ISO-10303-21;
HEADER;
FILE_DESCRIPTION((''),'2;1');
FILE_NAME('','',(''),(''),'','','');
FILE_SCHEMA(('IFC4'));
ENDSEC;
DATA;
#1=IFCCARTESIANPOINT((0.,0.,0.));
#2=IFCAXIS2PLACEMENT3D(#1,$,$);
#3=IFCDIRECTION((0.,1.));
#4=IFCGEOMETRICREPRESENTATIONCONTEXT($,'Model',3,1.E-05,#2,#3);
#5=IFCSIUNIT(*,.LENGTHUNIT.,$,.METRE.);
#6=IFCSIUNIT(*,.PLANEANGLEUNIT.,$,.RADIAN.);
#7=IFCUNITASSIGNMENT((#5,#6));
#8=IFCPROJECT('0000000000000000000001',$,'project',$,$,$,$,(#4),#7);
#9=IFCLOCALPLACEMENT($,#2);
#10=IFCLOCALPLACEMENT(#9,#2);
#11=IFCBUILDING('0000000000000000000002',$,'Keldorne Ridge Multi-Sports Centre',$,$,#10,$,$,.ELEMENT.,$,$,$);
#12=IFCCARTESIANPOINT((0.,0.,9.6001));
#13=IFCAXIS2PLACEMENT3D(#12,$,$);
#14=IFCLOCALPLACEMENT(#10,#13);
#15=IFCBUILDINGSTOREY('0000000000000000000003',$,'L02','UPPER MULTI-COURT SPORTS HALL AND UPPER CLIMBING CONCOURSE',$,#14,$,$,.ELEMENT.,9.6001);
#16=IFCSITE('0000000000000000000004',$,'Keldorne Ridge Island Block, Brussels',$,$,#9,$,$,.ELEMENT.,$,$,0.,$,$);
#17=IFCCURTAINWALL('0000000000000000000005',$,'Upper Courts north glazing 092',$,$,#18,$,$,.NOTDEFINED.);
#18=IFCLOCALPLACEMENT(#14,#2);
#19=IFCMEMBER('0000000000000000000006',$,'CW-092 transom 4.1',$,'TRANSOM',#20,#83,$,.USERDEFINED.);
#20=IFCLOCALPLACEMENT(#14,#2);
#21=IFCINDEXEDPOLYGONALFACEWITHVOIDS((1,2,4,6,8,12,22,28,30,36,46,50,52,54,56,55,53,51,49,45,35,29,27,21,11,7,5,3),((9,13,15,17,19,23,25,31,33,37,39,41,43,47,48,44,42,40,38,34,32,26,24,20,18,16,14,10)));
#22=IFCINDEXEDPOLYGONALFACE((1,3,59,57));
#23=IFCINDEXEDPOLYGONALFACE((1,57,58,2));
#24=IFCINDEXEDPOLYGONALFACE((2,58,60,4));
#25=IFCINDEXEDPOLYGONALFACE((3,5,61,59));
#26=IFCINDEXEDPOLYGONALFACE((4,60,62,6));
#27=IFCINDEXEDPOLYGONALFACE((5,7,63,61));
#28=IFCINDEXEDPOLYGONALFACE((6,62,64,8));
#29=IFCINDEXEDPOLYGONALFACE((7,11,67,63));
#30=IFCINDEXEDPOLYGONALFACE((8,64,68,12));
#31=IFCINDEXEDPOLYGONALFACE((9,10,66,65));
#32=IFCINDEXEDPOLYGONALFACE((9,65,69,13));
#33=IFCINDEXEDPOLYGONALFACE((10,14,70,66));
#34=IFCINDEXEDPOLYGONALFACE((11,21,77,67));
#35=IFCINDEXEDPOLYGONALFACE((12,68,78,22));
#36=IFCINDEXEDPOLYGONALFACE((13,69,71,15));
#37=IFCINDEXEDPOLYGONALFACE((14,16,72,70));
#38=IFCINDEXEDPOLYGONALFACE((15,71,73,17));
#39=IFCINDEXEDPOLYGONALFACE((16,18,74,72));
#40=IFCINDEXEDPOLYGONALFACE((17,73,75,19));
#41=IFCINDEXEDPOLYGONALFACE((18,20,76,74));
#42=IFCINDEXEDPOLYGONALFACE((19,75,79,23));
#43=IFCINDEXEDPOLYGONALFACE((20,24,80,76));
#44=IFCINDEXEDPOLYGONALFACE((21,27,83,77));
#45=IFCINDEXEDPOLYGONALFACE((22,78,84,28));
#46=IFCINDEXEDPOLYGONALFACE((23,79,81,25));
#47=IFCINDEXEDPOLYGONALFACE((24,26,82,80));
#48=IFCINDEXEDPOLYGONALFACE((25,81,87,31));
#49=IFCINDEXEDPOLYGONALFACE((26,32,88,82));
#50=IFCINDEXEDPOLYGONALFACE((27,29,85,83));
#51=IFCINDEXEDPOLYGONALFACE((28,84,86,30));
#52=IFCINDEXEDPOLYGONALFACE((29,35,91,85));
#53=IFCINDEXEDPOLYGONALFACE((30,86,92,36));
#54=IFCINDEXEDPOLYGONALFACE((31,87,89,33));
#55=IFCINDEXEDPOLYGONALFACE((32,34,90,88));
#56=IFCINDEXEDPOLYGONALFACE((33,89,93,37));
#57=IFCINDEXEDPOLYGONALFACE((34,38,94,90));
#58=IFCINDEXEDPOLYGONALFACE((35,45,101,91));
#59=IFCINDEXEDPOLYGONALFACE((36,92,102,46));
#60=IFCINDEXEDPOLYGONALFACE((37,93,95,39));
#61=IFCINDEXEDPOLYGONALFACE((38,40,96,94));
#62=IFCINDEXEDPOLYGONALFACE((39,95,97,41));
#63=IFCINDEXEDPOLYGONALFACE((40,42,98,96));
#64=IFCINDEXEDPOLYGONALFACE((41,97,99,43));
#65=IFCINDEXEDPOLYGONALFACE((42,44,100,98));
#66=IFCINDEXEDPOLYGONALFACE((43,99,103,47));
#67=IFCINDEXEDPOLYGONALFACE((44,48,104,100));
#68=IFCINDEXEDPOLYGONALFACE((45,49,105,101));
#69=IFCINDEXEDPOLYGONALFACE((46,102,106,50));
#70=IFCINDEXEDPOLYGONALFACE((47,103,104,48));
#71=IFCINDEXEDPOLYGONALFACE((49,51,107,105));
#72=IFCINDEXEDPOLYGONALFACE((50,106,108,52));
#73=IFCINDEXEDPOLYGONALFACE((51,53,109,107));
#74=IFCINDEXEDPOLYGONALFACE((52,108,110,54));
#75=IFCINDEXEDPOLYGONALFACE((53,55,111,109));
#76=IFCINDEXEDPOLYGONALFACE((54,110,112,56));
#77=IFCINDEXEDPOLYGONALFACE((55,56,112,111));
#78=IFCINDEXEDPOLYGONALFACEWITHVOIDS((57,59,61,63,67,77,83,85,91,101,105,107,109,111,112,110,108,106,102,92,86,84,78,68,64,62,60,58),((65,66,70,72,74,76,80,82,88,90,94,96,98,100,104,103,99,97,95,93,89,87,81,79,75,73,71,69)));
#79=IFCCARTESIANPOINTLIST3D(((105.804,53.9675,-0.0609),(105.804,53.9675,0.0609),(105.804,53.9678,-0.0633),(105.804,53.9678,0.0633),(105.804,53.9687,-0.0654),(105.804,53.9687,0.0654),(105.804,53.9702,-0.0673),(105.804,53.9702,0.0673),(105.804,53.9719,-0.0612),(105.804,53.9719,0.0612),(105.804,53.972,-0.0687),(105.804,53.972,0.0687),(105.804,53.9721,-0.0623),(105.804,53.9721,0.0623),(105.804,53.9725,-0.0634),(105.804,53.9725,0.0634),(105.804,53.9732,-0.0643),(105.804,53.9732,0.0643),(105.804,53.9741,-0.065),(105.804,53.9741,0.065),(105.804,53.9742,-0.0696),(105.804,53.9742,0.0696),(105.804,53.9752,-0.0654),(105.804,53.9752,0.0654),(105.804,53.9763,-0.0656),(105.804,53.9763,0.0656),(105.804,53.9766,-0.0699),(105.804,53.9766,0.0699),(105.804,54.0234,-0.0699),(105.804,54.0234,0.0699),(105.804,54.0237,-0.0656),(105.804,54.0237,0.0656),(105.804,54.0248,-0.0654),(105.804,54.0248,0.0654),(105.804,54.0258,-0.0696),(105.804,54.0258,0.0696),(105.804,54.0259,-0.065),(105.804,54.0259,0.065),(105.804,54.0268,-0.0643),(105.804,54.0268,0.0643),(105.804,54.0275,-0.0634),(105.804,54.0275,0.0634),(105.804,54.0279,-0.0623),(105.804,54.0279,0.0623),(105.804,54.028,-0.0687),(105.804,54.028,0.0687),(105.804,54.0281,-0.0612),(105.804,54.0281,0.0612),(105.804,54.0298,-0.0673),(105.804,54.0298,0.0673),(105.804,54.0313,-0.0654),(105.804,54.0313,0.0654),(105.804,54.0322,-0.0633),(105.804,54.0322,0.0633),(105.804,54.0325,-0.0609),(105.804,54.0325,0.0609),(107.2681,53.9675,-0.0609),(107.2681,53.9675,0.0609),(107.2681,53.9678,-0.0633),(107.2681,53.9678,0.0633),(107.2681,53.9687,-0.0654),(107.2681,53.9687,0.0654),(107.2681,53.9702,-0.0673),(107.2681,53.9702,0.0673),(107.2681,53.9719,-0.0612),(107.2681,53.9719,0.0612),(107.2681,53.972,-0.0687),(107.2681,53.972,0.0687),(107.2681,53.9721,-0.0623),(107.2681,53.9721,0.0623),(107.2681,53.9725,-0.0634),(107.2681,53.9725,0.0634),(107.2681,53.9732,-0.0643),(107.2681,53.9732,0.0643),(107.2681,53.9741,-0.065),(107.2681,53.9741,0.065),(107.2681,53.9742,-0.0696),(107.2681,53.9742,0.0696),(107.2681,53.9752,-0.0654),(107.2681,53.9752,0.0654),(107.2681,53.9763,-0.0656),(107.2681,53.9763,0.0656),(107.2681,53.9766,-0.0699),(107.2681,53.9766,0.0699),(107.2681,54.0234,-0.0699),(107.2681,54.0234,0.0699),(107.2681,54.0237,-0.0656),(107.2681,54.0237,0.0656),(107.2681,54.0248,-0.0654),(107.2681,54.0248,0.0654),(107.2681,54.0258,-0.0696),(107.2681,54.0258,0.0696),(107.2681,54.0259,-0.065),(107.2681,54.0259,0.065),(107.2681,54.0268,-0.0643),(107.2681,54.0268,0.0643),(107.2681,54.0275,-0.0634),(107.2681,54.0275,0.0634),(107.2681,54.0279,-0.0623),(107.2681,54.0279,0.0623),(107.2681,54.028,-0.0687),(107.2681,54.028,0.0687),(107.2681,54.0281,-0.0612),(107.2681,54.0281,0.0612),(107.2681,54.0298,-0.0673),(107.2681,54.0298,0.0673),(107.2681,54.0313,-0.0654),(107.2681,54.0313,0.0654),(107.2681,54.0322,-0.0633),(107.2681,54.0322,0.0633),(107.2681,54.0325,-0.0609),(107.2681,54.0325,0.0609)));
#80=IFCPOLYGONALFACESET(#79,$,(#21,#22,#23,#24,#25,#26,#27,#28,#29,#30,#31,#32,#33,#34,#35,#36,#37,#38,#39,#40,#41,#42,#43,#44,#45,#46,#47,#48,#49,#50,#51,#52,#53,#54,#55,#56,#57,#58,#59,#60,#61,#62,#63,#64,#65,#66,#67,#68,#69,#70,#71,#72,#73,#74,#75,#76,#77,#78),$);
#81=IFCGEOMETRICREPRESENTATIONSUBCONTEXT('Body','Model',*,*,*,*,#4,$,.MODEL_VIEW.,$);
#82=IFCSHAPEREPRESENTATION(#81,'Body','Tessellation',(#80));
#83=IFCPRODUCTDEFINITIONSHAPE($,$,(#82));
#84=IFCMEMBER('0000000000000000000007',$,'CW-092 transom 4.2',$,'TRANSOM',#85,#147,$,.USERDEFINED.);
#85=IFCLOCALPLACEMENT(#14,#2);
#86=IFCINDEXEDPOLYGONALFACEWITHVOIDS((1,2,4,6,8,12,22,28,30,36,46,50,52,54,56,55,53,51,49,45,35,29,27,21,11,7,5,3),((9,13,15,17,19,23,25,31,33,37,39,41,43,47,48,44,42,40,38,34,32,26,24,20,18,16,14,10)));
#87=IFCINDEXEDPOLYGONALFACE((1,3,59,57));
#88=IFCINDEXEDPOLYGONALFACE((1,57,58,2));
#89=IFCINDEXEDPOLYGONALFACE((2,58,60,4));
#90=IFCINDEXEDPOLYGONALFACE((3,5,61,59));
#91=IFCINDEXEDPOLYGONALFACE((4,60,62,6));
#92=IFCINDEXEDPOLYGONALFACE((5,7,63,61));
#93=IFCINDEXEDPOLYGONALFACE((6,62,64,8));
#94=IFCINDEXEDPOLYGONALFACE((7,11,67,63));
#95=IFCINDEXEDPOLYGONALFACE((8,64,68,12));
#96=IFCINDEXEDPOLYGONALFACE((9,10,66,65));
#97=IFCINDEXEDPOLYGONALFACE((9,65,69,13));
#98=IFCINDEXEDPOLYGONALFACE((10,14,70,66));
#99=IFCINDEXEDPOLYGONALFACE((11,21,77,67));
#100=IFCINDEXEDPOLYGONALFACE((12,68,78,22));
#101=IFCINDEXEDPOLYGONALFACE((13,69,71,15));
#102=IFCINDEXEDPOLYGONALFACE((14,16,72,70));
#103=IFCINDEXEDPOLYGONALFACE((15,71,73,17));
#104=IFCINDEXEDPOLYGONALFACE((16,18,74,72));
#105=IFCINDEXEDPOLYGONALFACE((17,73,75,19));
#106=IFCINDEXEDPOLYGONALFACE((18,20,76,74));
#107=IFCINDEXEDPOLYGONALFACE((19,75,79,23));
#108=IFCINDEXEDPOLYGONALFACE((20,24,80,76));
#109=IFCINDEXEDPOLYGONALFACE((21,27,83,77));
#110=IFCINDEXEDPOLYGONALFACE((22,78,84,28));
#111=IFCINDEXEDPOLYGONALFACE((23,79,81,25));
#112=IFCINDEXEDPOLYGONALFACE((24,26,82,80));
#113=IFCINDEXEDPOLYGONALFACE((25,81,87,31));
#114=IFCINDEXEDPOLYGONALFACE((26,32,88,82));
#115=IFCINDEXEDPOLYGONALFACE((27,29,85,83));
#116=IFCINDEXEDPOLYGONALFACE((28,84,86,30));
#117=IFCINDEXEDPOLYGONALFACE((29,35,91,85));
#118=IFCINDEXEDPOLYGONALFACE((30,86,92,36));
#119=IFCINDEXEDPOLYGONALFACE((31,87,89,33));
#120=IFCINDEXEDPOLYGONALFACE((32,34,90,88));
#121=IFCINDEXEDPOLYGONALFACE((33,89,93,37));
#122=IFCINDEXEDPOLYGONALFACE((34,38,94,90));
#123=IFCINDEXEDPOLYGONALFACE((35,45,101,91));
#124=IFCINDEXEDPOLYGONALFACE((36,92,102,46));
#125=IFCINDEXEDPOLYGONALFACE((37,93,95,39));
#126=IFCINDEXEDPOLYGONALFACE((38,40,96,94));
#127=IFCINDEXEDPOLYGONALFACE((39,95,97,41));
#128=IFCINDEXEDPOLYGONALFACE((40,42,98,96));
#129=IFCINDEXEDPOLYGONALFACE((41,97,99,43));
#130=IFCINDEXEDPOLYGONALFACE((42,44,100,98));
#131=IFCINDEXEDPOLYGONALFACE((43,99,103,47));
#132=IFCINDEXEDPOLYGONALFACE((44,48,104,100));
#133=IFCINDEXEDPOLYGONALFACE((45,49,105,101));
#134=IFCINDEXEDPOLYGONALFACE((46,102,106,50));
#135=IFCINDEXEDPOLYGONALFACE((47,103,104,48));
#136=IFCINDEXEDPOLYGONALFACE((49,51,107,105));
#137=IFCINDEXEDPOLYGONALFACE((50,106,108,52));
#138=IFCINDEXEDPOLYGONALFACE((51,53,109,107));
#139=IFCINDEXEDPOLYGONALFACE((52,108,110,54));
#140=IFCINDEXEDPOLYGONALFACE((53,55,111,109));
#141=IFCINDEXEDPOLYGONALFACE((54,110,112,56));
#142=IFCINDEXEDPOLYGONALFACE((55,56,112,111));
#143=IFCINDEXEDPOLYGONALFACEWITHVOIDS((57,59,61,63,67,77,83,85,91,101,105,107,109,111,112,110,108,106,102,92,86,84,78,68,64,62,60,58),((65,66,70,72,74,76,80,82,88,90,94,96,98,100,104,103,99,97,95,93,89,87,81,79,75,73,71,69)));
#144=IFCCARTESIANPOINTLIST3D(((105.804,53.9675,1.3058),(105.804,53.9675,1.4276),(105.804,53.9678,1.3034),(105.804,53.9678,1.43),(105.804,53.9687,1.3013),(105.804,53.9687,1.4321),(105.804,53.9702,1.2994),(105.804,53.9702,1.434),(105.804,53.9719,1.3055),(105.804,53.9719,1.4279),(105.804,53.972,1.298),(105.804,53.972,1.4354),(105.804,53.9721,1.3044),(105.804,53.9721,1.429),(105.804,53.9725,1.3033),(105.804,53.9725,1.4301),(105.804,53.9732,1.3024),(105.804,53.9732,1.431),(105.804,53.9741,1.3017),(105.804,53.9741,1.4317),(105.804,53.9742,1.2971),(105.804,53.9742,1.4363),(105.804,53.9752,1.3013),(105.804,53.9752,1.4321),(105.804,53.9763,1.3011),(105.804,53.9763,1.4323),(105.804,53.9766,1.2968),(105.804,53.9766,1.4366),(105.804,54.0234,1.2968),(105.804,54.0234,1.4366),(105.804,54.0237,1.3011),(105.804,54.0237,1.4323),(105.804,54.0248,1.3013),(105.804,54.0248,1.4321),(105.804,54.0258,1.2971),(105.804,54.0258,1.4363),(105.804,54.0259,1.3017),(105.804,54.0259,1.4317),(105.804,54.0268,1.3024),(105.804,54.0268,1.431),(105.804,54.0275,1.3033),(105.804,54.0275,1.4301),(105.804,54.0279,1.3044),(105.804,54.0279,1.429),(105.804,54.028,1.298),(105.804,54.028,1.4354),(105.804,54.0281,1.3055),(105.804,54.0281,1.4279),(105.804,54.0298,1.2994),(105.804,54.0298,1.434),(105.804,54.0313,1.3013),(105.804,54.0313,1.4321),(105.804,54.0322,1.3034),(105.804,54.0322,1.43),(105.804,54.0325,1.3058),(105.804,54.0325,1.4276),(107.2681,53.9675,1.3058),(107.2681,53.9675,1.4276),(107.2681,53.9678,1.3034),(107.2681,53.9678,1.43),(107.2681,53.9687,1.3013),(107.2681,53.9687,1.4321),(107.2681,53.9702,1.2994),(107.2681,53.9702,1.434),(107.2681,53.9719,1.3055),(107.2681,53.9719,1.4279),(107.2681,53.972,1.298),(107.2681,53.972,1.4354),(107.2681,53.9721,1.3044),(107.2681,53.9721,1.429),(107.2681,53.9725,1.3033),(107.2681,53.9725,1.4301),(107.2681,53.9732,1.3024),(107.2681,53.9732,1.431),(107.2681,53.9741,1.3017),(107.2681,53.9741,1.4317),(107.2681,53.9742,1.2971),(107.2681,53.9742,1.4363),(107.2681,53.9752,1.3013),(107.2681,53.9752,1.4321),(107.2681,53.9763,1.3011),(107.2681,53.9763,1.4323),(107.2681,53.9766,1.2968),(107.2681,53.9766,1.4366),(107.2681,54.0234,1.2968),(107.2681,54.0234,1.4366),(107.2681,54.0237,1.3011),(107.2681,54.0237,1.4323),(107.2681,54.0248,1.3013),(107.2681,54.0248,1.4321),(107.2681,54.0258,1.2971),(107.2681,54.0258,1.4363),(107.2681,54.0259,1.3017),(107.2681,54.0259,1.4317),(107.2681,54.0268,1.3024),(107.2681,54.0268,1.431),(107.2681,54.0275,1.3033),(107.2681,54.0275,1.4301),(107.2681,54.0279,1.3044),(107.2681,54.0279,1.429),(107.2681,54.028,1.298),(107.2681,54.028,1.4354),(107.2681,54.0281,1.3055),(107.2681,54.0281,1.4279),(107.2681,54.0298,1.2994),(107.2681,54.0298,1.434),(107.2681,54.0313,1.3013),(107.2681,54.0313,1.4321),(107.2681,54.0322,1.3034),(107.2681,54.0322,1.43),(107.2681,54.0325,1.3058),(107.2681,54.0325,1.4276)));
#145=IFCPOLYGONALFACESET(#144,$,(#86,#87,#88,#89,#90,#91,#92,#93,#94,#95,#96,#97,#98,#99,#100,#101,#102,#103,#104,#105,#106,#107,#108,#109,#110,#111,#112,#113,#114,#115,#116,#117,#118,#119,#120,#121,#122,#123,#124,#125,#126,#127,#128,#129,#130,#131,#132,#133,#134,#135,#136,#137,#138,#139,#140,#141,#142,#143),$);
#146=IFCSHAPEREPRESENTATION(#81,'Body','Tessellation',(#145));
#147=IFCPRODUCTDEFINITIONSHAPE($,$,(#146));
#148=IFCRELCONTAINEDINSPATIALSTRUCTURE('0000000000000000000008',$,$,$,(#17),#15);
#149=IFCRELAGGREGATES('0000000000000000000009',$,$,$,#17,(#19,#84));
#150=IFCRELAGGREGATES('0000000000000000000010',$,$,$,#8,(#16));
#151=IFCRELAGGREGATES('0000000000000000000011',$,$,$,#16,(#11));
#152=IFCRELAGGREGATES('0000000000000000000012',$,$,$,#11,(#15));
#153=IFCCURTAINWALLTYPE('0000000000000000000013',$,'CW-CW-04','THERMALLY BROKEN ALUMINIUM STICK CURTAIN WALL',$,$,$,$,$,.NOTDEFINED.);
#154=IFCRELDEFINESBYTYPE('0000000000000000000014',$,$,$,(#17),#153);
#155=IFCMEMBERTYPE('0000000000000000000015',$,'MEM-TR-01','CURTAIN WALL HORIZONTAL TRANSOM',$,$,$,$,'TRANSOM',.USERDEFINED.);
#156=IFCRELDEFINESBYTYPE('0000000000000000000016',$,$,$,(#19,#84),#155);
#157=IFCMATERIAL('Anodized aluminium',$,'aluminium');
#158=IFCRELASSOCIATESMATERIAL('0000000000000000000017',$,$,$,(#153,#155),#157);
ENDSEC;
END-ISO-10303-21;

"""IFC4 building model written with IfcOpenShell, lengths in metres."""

from ifc_helpers import new_model, si_unit, direction, frame, origin, origin_2d, place, context, subcontext, project, spatial, hollow_rectangle, extrude, material, material_profile, profile_set, type_object, element, aggregate, save


model = new_model("IFC4")

# Units and contexts
model_context = context("Model", 3, precision=1e-05, world=origin(), true_north=direction((0.0, 1.0)))
body_context = subcontext(model_context, "Body", "Model", "MODEL_VIEW")
ifc_project = project(units=[si_unit("LENGTHUNIT", "METRE"), si_unit("PLANEANGLEUNIT", "RADIAN")], contexts=[model_context])

# Site, building, storey
site_placement = place(None, origin())
site = spatial("IfcSite", under=ifc_project, at=site_placement, Name="Keldorne Ridge Island Block, Brussels", CompositionType="ELEMENT", RefElevation=0.0)
building_placement = place(site_placement, origin())
building = spatial("IfcBuilding", under=site, at=building_placement, Name="Keldorne Ridge Multi-Sports Centre", CompositionType="ELEMENT")
storey_placement = place(building_placement, frame((0.0, 0.0, 9.6001)))
storey = spatial("IfcBuildingStorey", under=building, at=storey_placement, Name="L02", Description="UPPER MULTI-COURT SPORTS HALL AND UPPER CLIMBING CONCOURSE", CompositionType="ELEMENT", Elevation=9.6001)

# Curtain wall, members
ifc_material_1 = material(Name="Anodized aluminium", Category="aluminium")
curtain_wall_type = type_object("IfcCurtainWallType", Name="CW-CW-04", Description="THERMALLY BROKEN ALUMINIUM STICK CURTAIN WALL", PredefinedType="NOTDEFINED", material=ifc_material_1)
curtain_wall_placement = place(storey_placement, origin())
curtain_wall = element("IfcCurtainWall", 1, at=curtain_wall_placement, inside=storey, type_object=curtain_wall_type, Name="Upper Courts north glazing 092", PredefinedType="NOTDEFINED")
ifc_material_profile_1 = material_profile(ifc_material_1, hollow_rectangle(XDim=0.0649, YDim=0.1399, WallThickness=0.0044, InnerFilletRadius=0.0044, OuterFilletRadius=0.009, at=origin_2d()), Name="ALU TRANSOM 140x65x4.5")
ifc_profile_set_1 = profile_set([ifc_material_profile_1], Name="Anodized aluminium")
member_type_1 = type_object("IfcMemberType", Name="MEM-TR-01", Description="CURTAIN WALL HORIZONTAL TRANSOM", ElementType="TRANSOM", PredefinedType="USERDEFINED", material=ifc_profile_set_1)
member_1_placement = place(storey_placement, frame((107.2681, 54.0, 0.0), z_axis=(-1.0, 0.0, 0.0), x_axis=(0.0, -1.0, 0.0)))
member_1 = element("IfcMember", 2, at=member_1_placement, type_object=member_type_1, Name="CW-092 transom 4.1", ObjectType="TRANSOM", PredefinedType="USERDEFINED", context=body_context, shape_type="SweptSolid", body=[
    extrude(hollow_rectangle(XDim=0.0649, YDim=0.1399, WallThickness=0.0044, InnerFilletRadius=0.0044, OuterFilletRadius=0.009, at=origin_2d()), origin(), (0.0, 0.0, 1.0), 1.4641),
])
member_2_placement = place(storey_placement, frame((107.2681, 54.0, 1.3667), z_axis=(-1.0, 0.0, 0.0), x_axis=(0.0, -1.0, 0.0)))
member_2 = element("IfcMember", 3, at=member_2_placement, type_object=member_type_1, Name="CW-092 transom 4.2", ObjectType="TRANSOM", PredefinedType="USERDEFINED", context=body_context, shape_type="SweptSolid", body=[
    extrude(hollow_rectangle(XDim=0.0649, YDim=0.1399, WallThickness=0.0044, InnerFilletRadius=0.0044, OuterFilletRadius=0.009, at=origin_2d()), origin(), (0.0, 0.0, 1.0), 1.4641),
])
aggregate(curtain_wall, [member_1, member_2])

save(model, "model.ifc")
